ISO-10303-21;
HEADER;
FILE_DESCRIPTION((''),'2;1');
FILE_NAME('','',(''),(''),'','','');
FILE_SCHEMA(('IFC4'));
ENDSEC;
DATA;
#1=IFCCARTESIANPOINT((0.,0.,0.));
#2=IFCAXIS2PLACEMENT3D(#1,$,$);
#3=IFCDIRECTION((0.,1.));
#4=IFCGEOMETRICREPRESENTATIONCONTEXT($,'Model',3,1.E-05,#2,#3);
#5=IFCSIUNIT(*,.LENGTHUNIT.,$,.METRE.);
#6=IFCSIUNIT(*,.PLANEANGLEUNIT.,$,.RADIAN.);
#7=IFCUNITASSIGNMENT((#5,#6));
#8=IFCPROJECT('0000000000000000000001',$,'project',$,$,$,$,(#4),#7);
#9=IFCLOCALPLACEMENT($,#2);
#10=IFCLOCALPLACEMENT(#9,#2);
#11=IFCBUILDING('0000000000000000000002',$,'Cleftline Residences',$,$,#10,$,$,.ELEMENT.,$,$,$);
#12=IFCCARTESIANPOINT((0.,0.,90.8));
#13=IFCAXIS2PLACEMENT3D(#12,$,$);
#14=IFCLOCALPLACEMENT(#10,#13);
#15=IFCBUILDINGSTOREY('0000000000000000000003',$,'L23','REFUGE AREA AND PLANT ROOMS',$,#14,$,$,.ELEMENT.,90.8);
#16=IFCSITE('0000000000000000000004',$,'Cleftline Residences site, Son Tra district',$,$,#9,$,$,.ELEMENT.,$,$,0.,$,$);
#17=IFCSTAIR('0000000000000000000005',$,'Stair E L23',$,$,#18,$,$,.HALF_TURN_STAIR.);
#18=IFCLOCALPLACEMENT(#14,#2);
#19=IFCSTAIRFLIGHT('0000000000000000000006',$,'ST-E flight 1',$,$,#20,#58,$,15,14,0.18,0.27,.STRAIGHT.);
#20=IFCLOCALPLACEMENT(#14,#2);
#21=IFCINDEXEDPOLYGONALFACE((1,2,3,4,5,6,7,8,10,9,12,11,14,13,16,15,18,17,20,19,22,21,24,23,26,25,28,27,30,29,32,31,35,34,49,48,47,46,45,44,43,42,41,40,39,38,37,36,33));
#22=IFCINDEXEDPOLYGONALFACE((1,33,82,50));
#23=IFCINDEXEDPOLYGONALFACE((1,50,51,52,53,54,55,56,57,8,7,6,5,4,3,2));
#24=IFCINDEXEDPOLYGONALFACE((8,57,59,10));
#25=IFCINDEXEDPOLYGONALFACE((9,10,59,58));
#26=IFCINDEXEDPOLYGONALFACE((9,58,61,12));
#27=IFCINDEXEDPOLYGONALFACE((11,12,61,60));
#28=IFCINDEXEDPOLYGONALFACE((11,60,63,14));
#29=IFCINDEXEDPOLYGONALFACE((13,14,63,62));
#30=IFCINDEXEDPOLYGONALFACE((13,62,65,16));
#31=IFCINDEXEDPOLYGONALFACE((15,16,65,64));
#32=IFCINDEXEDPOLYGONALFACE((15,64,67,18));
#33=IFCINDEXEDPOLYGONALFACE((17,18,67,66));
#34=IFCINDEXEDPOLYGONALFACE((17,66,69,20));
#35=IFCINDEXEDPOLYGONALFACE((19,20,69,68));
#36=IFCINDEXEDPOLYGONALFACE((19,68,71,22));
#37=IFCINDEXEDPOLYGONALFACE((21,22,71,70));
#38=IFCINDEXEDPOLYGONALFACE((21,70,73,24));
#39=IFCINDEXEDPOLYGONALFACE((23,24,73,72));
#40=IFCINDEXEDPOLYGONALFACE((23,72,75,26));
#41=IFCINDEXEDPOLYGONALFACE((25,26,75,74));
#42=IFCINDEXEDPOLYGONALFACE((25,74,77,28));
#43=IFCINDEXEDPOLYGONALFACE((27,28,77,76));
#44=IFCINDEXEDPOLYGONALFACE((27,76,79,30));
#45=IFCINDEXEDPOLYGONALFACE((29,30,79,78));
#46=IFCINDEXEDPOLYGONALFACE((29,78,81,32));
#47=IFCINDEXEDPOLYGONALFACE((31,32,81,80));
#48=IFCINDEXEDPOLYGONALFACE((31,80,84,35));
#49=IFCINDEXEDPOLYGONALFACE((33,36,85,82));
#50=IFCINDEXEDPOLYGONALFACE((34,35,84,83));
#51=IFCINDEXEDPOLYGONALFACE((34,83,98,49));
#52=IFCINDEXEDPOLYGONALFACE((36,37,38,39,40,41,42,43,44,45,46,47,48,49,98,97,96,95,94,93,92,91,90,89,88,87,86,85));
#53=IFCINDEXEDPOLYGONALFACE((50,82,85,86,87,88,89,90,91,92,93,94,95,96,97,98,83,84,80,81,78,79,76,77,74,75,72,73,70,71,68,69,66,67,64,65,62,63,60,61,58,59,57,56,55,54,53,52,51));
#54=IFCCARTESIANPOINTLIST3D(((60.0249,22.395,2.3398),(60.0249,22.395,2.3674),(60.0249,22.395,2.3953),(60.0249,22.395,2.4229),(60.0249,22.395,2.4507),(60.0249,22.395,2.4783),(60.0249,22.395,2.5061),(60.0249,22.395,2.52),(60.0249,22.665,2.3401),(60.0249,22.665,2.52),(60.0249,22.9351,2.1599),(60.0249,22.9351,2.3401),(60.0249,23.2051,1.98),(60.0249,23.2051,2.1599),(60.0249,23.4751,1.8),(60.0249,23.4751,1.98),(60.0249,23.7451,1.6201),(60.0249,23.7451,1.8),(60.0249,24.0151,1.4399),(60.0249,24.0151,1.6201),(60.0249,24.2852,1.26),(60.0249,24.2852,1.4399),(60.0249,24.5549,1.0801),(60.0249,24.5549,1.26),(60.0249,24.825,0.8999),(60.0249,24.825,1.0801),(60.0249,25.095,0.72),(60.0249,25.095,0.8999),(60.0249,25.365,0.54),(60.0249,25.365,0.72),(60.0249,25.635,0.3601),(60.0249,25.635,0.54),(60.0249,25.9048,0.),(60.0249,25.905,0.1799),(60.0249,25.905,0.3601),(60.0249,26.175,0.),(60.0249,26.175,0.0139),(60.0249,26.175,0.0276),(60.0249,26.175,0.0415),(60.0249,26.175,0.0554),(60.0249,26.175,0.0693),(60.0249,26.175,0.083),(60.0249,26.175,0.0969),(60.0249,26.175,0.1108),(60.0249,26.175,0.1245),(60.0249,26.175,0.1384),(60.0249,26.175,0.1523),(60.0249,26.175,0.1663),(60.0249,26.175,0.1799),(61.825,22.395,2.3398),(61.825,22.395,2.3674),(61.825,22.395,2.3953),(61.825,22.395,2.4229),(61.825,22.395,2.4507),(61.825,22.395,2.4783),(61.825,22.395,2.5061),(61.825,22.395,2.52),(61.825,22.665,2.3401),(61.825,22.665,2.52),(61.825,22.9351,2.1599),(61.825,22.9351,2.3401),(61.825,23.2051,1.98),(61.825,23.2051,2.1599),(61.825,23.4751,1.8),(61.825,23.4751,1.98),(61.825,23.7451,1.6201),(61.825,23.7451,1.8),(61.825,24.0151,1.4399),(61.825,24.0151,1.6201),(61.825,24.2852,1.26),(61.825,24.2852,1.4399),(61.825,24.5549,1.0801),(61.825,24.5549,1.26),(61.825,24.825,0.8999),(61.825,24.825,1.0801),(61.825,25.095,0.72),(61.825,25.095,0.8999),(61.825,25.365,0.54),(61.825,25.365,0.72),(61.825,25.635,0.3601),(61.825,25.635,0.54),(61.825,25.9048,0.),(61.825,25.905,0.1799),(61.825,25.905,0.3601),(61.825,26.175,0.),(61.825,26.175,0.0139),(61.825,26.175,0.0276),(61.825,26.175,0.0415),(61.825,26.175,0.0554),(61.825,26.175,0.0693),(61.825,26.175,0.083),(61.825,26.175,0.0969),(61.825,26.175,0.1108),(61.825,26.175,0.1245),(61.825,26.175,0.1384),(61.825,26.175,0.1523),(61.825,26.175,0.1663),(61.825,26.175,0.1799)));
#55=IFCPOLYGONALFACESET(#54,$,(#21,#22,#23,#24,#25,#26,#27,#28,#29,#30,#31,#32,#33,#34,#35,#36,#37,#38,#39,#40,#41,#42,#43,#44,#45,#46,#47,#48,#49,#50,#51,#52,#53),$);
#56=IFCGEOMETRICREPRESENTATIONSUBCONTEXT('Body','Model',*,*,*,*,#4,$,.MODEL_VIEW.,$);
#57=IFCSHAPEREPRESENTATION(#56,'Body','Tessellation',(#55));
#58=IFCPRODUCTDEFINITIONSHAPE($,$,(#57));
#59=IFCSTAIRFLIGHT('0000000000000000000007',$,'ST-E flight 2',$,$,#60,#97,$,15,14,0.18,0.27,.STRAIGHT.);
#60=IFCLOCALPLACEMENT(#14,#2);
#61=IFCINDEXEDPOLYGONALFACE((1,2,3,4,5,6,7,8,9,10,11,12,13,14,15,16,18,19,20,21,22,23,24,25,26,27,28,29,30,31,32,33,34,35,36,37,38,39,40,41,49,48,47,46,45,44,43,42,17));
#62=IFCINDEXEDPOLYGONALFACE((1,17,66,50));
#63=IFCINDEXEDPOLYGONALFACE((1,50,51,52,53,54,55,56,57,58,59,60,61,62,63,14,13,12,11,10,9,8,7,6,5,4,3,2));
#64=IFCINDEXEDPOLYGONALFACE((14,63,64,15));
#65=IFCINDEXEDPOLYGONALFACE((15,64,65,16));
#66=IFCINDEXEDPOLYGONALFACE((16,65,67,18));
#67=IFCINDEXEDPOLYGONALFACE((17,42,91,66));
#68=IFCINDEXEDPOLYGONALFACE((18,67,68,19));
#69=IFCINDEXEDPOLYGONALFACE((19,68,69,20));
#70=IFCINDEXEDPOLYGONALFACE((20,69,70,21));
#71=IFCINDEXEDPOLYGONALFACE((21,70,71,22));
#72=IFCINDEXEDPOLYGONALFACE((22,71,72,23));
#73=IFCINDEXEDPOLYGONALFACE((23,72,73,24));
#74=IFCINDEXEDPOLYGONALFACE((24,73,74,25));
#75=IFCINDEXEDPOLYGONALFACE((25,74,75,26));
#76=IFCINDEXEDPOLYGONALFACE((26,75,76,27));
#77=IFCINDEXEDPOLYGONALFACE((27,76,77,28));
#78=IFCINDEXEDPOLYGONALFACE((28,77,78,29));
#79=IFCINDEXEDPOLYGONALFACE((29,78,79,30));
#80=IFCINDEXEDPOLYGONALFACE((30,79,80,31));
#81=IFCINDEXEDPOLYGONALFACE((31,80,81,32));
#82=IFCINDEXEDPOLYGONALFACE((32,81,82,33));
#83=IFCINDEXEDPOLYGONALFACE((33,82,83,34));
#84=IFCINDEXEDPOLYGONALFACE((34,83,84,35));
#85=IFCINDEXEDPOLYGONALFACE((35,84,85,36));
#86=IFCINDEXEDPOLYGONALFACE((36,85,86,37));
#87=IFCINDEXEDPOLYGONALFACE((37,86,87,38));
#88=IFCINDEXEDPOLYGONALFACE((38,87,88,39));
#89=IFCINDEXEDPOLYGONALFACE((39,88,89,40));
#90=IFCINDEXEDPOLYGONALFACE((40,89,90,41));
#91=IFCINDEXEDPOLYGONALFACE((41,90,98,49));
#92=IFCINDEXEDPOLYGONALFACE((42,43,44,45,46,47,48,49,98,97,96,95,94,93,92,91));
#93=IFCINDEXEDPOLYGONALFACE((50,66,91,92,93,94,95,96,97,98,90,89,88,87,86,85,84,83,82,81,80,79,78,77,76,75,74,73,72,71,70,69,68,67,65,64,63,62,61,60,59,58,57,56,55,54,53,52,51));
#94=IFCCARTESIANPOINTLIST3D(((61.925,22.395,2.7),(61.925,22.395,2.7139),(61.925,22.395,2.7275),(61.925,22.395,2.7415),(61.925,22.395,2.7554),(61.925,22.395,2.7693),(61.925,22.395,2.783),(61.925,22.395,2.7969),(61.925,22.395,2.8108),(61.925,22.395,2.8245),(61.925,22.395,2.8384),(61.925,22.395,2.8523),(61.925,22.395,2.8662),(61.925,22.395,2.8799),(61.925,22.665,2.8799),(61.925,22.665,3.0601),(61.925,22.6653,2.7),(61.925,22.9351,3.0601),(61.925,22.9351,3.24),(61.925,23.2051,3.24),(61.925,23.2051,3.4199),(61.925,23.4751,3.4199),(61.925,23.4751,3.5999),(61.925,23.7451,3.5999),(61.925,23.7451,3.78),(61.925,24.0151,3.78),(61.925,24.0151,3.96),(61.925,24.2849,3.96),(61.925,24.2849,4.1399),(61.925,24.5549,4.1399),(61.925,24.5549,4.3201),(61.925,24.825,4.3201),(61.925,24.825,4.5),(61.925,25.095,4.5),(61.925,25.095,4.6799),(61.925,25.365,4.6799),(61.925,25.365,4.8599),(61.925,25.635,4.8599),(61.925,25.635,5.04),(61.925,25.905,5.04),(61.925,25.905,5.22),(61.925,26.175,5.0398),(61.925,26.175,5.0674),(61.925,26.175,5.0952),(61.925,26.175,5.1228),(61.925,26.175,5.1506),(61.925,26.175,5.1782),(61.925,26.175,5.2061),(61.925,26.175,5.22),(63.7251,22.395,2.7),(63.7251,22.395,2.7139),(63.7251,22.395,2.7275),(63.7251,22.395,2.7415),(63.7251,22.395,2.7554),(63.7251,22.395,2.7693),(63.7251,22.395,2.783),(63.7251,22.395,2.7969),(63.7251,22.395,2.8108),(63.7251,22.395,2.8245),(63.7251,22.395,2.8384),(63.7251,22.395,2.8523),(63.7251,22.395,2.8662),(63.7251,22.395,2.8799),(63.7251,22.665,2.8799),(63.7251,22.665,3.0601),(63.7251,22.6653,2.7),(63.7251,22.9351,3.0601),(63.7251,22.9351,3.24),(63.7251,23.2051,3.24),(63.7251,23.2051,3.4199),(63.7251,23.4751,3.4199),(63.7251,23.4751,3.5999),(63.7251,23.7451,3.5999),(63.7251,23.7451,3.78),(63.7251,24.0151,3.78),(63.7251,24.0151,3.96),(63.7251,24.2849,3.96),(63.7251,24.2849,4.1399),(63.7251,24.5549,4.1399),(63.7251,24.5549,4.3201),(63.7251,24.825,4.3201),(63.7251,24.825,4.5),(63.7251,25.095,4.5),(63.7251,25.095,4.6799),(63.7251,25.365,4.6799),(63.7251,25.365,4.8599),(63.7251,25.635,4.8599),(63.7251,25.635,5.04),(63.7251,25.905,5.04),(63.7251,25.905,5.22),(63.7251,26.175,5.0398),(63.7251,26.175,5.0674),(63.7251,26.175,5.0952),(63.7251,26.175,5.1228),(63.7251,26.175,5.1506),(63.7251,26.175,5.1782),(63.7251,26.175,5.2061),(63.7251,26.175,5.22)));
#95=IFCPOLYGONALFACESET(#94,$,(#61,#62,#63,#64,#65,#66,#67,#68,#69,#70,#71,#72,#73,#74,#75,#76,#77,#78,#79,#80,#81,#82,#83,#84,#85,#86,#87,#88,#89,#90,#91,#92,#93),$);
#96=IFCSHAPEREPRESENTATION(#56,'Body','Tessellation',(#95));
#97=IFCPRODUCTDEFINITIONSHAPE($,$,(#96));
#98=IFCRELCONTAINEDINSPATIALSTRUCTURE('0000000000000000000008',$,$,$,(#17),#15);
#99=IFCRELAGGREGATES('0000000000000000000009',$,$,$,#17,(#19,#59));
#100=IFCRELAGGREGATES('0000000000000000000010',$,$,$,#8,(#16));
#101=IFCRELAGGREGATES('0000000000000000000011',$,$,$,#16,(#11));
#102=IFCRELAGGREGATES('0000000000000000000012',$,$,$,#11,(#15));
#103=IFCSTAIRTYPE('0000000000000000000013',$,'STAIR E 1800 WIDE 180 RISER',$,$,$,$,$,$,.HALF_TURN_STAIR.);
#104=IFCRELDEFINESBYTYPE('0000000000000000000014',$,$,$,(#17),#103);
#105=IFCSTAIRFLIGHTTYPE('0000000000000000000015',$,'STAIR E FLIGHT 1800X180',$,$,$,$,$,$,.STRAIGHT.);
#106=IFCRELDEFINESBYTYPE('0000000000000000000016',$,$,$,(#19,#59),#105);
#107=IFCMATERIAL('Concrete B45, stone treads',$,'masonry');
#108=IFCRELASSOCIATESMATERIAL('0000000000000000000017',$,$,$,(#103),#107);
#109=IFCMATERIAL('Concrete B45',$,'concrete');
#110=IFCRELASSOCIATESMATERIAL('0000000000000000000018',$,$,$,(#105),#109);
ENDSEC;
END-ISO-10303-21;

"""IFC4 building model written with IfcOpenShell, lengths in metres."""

from ifc_helpers import new_model, si_unit, direction, frame, origin, place, context, subcontext, project, spatial, polyline, outline, extrude, material, type_object, element, aggregate, save


model = new_model("IFC4")

# Units and contexts
model_context = context("Model", 3, precision=1e-05, world=origin(), true_north=direction((0.0, 1.0)))
body_context = subcontext(model_context, "Body", "Model", "MODEL_VIEW")
ifc_project = project(units=[si_unit("LENGTHUNIT", "METRE"), si_unit("PLANEANGLEUNIT", "RADIAN")], contexts=[model_context])

# Site, building, storey
site_placement = place(None, origin())
site = spatial("IfcSite", under=ifc_project, at=site_placement, Name="Cleftline Residences site, Son Tra district", CompositionType="ELEMENT", RefElevation=0.0)
building_placement = place(site_placement, origin())
building = spatial("IfcBuilding", under=site, at=building_placement, Name="Cleftline Residences", CompositionType="ELEMENT")
storey_placement = place(building_placement, frame((0.0, 0.0, 90.8)))
storey = spatial("IfcBuildingStorey", under=building, at=storey_placement, Name="L23", Description="REFUGE AREA AND PLANT ROOMS", CompositionType="ELEMENT", Elevation=90.8)

# Stair, stair flights
ifc_material_1 = material(Name="Concrete B45, stone treads", Category="masonry")
stair_type = type_object("IfcStairType", Name="STAIR E 1800 WIDE 180 RISER", PredefinedType="HALF_TURN_STAIR", material=ifc_material_1)
stair_placement = place(storey_placement, origin())
stair = element("IfcStair", 1, at=stair_placement, inside=storey, type_object=stair_type, Name="Stair E L23", PredefinedType="HALF_TURN_STAIR")
ifc_material_2 = material(Name="Concrete B45", Category="concrete")
stair_flight_type = type_object("IfcStairFlightType", Name="STAIR E FLIGHT 1800X180", PredefinedType="STRAIGHT", material=ifc_material_2)
stair_flight_1_placement = place(storey_placement, frame((60.925, 26.175, 0.0), z_axis=(0.0, 0.0, 1.0), x_axis=(0.0, -1.0, 0.0)))
stair_flight_1 = element("IfcStairFlight", 2, at=stair_flight_1_placement, type_object=stair_flight_type, Name="ST-E flight 1", NumberOfRisers=15, NumberOfTreads=14, PredefinedType="STRAIGHT", RiserHeight=0.18, TreadLength=0.27, context=body_context, shape_type="SweptSolid", body=[
    extrude(outline(polyline([(0.0, 0.0), (0.0, 0.0139), (0.0, 0.0276), (0.0, 0.0415), (0.0, 0.0554), (0.0, 0.0693), (0.0, 0.083), (0.0, 0.0969), (0.0, 0.1108), (0.0, 0.1245), (0.0, 0.1384), (0.0, 0.1523), (0.0, 0.1663), (0.0, 0.1799), (0.27, 0.1799), (0.27, 0.3601), (0.54, 0.3601), (0.54, 0.54), (0.8101, 0.54), (0.8101, 0.72), (1.0801, 0.72), (1.0801, 0.8999), (1.3501, 0.8999), (1.3501, 1.0801), (1.6201, 1.0801), (1.6201, 1.26), (1.8899, 1.26), (1.8899, 1.4399), (2.1599, 1.4399), (2.1599, 1.6201), (2.4299, 1.6201), (2.4299, 1.8), (2.7, 1.8), (2.7, 1.98), (2.97, 1.98), (2.97, 2.1599), (3.24, 2.1599), (3.24, 2.3401), (3.51, 2.3401), (3.51, 2.52), (3.78, 2.52), (3.78, 2.7), (3.78, 2.6724), (3.78, 2.6445), (3.78, 2.6169), (3.78, 2.5891), (3.78, 2.5615), (3.78, 2.5337), (3.78, 2.5061), (3.78, 2.4783), (3.78, 2.4507), (3.78, 2.4229), (3.78, 2.3953), (3.78, 2.3674), (3.78, 2.3398), (0.2703, 0.0), (0.0, 0.0)])), frame((0.0, 0.8999, 0.0), z_axis=(0.0, -1.0, 0.0), x_axis=(1.0, 0.0, 0.0)), (0.0, 0.0, 1.0), 1.8),
])
stair_flight_2_placement = place(storey_placement, frame((62.825, 22.395, 2.7), z_axis=(0.0, 0.0, 1.0), x_axis=(0.0, 1.0, 0.0)))
stair_flight_2 = element("IfcStairFlight", 3, at=stair_flight_2_placement, type_object=stair_flight_type, Name="ST-E flight 2", NumberOfRisers=15, NumberOfTreads=14, PredefinedType="STRAIGHT", RiserHeight=0.18, TreadLength=0.27, context=body_context, shape_type="SweptSolid", body=[
    extrude(outline(polyline([(0.0, 0.0), (0.0, 0.0139), (0.0, 0.0276), (0.0, 0.0415), (0.0, 0.0554), (0.0, 0.0693), (0.0, 0.083), (0.0, 0.0969), (0.0, 0.1108), (0.0, 0.1245), (0.0, 0.1384), (0.0, 0.1523), (0.0, 0.1663), (0.0, 0.1799), (0.27, 0.1799), (0.27, 0.3601), (0.54, 0.3601), (0.54, 0.54), (0.8101, 0.54), (0.8101, 0.72), (1.0801, 0.72), (1.0801, 0.8999), (1.3501, 0.8999), (1.3501, 1.0801), (1.6201, 1.0801), (1.6201, 1.26), (1.8899, 1.26), (1.8899, 1.4399), (2.1599, 1.4399), (2.1599, 1.6201), (2.4299, 1.6201), (2.4299, 1.8), (2.7, 1.8), (2.7, 1.98), (2.97, 1.98), (2.97, 2.1599), (3.24, 2.1599), (3.24, 2.3401), (3.51, 2.3401), (3.51, 2.52), (3.78, 2.52), (3.78, 2.7), (3.78, 2.6724), (3.78, 2.6445), (3.78, 2.6169), (3.78, 2.5891), (3.78, 2.5615), (3.78, 2.5337), (3.78, 2.5061), (3.78, 2.4783), (3.78, 2.4507), (3.78, 2.4229), (3.78, 2.3953), (3.78, 2.3674), (3.78, 2.3398), (0.2703, 0.0), (0.0, 0.0)])), frame((0.0, 0.8999, 0.0), z_axis=(0.0, -1.0, 0.0), x_axis=(1.0, 0.0, 0.0)), (0.0, 0.0, 1.0), 1.8),
])
aggregate(stair, [stair_flight_1, stair_flight_2])

save(model, "model.ifc")
